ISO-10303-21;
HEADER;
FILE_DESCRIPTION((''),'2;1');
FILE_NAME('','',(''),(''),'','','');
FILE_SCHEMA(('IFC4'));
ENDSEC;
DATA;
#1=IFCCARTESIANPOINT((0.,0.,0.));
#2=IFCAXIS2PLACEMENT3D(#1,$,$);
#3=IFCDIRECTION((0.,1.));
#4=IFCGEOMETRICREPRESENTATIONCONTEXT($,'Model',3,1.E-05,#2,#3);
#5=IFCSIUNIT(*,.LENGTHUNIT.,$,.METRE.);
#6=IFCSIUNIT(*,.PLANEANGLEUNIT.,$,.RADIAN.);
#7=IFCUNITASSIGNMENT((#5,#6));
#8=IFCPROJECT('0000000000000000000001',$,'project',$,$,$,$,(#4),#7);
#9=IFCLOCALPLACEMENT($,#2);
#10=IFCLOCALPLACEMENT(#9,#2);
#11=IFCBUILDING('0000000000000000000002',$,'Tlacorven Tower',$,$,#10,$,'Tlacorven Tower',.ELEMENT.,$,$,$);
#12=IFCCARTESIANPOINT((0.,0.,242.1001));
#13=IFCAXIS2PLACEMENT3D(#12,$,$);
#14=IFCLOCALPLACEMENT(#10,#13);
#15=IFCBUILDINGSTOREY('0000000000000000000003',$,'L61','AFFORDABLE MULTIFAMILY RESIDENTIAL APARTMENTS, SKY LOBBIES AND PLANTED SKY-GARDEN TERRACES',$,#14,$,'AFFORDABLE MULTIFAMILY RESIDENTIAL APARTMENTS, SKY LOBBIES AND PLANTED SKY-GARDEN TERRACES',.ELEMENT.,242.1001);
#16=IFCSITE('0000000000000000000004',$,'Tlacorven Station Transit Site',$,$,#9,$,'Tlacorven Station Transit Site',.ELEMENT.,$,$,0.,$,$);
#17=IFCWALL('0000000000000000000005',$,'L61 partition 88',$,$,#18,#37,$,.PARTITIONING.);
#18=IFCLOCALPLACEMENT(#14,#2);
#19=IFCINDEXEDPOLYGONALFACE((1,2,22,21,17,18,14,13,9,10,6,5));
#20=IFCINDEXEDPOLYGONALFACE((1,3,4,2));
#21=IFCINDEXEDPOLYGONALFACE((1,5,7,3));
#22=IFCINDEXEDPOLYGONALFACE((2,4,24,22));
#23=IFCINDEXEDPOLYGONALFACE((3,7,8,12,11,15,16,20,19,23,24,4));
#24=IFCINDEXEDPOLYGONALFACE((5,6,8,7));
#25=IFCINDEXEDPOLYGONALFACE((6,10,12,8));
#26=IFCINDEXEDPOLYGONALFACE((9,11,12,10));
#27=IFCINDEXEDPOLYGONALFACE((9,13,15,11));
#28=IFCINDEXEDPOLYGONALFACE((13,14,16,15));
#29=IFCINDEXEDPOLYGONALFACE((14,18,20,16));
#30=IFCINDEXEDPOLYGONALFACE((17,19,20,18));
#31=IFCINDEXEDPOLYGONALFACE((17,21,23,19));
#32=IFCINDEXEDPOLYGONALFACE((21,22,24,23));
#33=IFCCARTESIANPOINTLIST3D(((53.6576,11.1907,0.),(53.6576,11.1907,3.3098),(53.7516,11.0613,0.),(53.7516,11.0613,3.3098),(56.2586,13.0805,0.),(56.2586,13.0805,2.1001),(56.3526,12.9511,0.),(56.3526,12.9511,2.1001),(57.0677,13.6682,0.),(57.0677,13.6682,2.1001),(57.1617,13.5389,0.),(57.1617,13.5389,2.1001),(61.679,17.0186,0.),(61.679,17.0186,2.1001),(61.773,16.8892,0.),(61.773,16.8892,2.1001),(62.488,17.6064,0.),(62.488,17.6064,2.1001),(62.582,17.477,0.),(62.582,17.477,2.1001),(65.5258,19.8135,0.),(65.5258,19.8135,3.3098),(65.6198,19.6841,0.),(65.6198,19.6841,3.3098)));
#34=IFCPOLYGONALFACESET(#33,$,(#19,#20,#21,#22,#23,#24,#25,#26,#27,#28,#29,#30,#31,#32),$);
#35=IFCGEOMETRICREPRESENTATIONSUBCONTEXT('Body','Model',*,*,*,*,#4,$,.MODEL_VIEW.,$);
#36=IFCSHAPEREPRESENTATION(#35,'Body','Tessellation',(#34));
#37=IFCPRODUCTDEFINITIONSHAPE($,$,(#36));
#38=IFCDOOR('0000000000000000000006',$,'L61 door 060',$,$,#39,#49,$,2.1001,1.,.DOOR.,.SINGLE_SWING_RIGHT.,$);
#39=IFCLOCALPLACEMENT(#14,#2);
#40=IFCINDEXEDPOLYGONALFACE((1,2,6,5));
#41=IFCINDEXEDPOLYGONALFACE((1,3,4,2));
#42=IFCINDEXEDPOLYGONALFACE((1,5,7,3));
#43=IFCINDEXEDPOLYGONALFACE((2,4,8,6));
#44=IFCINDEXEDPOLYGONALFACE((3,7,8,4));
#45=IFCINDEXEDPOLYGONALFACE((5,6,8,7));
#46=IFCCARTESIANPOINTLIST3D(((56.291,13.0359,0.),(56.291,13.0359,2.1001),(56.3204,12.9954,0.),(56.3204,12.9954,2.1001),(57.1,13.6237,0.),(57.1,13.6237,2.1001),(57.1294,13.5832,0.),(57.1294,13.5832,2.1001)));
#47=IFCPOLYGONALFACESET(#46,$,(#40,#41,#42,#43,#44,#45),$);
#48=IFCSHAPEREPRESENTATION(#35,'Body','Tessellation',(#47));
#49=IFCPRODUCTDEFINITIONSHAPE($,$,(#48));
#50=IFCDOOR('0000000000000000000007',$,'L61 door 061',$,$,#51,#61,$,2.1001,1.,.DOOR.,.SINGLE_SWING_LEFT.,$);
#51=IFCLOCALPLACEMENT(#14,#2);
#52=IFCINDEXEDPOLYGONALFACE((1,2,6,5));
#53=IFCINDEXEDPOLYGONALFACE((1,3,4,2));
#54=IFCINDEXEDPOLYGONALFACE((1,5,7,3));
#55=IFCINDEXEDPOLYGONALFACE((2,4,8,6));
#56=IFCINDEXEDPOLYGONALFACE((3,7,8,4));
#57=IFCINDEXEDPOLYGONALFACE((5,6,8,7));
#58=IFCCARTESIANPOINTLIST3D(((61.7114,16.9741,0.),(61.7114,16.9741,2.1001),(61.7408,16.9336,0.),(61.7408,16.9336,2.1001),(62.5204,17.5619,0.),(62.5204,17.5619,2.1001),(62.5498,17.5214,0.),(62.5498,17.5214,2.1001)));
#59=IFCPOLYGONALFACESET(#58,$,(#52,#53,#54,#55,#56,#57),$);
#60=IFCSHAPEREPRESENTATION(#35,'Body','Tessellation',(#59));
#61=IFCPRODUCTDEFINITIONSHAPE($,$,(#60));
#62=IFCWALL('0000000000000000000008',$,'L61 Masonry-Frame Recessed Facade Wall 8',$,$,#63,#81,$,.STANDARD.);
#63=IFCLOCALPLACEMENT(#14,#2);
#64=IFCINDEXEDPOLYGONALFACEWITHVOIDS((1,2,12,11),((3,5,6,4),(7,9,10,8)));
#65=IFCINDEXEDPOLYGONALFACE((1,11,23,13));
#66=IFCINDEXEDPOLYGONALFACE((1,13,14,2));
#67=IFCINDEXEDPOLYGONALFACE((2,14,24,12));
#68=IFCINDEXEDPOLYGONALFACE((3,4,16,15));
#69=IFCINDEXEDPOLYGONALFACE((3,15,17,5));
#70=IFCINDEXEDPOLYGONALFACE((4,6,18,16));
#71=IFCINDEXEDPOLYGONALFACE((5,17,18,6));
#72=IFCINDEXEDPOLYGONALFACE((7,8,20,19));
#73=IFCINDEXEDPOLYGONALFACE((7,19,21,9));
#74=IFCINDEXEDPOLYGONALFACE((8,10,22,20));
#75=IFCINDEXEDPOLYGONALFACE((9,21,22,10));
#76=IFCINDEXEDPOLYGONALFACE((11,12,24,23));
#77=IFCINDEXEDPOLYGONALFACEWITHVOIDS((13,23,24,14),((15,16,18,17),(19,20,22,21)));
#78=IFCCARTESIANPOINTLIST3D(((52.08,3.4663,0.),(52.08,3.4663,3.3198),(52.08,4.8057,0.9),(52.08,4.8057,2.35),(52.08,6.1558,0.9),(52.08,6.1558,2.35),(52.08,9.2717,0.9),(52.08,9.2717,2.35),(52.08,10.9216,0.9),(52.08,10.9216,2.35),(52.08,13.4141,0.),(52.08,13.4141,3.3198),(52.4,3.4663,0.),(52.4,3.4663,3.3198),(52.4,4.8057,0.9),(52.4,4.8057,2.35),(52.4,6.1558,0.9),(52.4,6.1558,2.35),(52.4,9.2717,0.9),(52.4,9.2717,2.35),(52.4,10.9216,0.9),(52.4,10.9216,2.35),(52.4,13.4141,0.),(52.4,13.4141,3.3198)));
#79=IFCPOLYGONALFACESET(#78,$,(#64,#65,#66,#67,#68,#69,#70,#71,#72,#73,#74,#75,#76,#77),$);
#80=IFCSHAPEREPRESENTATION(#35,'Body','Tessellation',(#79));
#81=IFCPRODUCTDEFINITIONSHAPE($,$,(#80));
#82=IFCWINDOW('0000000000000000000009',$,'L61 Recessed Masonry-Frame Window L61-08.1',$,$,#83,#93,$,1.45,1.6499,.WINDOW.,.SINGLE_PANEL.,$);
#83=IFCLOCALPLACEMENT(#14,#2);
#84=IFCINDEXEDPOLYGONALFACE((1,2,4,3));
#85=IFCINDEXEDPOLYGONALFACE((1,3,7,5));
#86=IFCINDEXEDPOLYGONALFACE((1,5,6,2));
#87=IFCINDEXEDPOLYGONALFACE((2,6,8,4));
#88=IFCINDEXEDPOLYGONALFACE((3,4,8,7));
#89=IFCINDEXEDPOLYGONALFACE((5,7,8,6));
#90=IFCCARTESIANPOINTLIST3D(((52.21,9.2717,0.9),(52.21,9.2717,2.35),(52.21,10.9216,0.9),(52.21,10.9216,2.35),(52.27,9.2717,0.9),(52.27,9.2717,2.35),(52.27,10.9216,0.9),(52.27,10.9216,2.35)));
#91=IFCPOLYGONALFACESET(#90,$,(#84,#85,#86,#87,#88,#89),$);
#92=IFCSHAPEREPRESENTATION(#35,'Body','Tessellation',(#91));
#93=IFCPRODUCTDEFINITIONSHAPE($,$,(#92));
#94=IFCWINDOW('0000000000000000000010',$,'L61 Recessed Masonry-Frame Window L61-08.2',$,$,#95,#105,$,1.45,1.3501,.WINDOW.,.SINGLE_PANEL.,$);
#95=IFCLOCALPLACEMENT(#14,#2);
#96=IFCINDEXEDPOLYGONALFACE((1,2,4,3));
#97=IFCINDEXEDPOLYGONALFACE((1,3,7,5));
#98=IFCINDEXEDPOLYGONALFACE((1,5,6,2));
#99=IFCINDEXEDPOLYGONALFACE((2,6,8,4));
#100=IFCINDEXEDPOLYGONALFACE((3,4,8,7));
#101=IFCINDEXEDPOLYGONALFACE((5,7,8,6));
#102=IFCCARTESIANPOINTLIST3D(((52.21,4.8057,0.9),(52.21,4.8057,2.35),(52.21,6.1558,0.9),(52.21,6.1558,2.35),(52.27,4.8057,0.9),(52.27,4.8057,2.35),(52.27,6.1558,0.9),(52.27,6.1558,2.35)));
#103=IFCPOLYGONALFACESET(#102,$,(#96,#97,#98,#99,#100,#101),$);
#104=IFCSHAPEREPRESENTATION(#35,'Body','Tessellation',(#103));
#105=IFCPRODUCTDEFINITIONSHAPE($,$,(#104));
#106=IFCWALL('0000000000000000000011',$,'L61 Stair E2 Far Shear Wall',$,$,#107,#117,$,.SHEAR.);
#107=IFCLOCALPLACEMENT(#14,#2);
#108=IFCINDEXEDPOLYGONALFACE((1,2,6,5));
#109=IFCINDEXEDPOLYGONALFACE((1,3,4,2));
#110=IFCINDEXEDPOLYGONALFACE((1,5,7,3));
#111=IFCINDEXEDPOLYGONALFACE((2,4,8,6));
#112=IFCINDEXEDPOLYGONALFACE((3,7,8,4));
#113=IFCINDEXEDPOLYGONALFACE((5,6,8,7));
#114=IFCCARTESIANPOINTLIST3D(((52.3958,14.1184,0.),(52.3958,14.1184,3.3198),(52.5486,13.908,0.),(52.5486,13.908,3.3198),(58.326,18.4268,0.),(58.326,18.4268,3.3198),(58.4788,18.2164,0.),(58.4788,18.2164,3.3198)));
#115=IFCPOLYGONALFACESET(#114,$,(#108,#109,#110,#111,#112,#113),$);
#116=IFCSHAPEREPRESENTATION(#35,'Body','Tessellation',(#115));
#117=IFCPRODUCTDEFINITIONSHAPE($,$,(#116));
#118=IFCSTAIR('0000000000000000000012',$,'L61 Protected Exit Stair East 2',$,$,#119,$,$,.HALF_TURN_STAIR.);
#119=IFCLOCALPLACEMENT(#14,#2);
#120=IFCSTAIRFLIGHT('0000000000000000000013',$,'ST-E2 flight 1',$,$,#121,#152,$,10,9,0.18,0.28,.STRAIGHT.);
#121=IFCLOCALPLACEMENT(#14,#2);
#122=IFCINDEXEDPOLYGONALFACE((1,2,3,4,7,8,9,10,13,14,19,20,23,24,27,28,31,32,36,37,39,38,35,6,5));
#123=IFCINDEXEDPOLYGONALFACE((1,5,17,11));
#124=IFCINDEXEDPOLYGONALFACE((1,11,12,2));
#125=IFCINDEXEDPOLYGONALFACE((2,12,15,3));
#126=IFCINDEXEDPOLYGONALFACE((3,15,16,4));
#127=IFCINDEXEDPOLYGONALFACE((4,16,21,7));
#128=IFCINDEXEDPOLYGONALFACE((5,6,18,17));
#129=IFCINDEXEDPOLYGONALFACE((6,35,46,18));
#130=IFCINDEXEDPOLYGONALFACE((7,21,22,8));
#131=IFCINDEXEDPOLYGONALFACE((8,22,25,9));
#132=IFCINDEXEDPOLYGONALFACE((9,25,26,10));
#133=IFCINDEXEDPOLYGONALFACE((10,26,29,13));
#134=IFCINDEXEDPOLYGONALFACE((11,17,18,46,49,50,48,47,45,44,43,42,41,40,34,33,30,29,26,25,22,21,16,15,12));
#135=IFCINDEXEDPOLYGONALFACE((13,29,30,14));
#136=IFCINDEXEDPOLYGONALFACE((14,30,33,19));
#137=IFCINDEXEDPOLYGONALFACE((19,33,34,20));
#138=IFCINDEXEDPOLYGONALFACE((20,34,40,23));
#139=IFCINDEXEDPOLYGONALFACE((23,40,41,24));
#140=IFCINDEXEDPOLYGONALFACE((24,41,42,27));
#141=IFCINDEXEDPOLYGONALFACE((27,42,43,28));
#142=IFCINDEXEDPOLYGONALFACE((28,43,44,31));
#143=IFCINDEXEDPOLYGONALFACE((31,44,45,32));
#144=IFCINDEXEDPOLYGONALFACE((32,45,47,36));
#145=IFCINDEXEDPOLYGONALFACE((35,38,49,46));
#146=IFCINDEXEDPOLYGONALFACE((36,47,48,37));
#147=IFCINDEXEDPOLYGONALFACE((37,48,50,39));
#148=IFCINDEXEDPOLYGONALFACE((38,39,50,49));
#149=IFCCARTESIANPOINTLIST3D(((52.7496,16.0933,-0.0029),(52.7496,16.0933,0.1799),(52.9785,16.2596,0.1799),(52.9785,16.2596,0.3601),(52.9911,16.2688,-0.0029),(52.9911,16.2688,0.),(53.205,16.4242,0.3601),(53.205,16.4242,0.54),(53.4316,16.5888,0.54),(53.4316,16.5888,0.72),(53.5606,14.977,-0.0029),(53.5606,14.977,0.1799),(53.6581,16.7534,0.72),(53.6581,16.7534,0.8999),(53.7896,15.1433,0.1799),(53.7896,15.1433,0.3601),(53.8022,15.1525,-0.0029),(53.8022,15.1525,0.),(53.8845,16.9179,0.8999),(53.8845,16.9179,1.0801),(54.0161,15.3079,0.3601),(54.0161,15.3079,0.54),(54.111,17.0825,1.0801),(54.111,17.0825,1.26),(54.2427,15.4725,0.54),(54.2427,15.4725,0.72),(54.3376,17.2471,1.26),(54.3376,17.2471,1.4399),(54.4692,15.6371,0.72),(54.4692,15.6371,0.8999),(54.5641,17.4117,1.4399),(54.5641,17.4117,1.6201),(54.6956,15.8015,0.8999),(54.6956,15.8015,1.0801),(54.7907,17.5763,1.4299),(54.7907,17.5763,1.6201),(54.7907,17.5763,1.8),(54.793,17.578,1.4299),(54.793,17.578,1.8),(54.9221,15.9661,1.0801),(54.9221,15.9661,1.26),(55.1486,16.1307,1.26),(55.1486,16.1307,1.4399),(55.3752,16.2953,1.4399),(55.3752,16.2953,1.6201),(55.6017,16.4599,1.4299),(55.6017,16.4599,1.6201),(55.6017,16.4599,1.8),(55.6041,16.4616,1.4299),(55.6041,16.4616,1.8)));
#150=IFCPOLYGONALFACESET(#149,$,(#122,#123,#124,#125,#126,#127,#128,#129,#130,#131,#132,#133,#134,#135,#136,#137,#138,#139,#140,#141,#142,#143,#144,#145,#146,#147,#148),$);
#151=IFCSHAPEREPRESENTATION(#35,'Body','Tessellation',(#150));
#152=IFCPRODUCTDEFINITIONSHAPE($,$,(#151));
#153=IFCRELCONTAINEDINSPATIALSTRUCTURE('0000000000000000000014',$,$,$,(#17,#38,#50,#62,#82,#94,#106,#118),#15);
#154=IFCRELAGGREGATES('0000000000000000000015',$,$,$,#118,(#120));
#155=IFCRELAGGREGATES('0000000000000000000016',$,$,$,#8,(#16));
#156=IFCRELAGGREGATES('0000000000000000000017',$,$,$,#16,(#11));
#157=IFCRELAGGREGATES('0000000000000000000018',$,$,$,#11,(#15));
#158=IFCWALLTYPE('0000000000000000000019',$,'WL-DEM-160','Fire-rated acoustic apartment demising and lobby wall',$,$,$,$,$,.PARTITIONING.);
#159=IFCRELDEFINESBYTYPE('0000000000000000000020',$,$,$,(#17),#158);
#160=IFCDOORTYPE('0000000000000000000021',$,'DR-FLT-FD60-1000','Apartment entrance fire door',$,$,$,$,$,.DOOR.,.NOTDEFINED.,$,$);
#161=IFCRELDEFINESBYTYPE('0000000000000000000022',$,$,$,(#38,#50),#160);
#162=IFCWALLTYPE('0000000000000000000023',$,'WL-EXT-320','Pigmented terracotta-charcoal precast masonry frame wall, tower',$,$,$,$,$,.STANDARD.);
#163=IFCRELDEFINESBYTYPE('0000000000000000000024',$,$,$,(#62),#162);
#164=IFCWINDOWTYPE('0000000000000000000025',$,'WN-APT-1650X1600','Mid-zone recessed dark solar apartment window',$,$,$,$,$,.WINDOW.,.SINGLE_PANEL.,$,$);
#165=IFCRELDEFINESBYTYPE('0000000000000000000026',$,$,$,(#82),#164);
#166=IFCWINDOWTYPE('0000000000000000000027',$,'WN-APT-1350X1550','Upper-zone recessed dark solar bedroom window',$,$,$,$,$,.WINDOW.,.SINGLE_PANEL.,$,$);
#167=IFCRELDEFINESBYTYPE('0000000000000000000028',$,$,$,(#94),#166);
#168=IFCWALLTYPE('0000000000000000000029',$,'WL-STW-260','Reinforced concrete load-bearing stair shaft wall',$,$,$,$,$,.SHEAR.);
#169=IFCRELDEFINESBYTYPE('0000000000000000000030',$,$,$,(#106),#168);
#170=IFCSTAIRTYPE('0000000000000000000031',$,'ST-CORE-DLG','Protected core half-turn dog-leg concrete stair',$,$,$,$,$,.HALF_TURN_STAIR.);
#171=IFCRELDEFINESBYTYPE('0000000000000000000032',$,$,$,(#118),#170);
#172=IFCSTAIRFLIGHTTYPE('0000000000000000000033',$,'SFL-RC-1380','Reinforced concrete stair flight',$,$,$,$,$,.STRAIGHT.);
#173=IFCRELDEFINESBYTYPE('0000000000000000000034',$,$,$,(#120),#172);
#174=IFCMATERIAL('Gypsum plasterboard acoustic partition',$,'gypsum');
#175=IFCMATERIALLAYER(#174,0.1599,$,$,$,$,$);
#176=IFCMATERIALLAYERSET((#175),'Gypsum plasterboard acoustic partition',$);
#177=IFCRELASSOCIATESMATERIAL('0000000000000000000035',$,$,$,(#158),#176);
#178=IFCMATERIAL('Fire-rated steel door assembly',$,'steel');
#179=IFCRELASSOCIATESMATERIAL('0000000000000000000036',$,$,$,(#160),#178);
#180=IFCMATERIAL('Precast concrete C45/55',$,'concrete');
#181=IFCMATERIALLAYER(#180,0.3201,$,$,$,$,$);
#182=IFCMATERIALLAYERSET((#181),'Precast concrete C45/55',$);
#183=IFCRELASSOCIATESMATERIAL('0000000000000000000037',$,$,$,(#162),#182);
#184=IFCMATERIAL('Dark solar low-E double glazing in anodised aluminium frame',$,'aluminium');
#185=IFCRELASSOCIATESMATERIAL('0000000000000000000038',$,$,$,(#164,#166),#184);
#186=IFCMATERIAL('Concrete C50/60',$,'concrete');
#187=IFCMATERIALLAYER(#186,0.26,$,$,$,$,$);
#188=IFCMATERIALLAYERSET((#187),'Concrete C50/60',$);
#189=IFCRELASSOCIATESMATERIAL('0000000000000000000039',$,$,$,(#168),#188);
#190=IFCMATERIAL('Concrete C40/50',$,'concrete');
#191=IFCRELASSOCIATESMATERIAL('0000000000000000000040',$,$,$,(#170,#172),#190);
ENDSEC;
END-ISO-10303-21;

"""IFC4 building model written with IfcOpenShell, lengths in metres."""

from ifc_helpers import new_model, si_unit, direction, frame, frame_2d, origin, place, context, subcontext, project, spatial, polyline, rectangle, outline, extrude, source, transform, mapped, material, layer, layer_set, type_object, element, fill, aggregate, save


model = new_model("IFC4")

# Units and contexts
model_context = context("Model", 3, precision=1e-05, world=origin(), true_north=direction((0.0, 1.0)))
body_context = subcontext(model_context, "Body", "Model", "MODEL_VIEW")
ifc_project = project(units=[si_unit("LENGTHUNIT", "METRE"), si_unit("PLANEANGLEUNIT", "RADIAN")], contexts=[model_context])

# Site, building, storey
site_placement = place(None, origin())
site = spatial("IfcSite", under=ifc_project, at=site_placement, Name="Tlacorven Station Transit Site", LongName="Tlacorven Station Transit Site", CompositionType="ELEMENT", RefElevation=0.0)
building_placement = place(site_placement, origin())
building = spatial("IfcBuilding", under=site, at=building_placement, Name="Tlacorven Tower", LongName="Tlacorven Tower", CompositionType="ELEMENT")
storey_placement = place(building_placement, frame((0.0, 0.0, 242.1001)))
storey = spatial("IfcBuildingStorey", under=building, at=storey_placement, Name="L61", Description="AFFORDABLE MULTIFAMILY RESIDENTIAL APARTMENTS, SKY LOBBIES AND PLANTED SKY-GARDEN TERRACES", LongName="AFFORDABLE MULTIFAMILY RESIDENTIAL APARTMENTS, SKY LOBBIES AND PLANTED SKY-GARDEN TERRACES", CompositionType="ELEMENT", Elevation=242.1001)

# Shared definitions
ifc_material_1 = material(Name="Concrete C50/60", Category="concrete")

# Wall, openings, doors
ifc_material_2 = material(Name="Gypsum plasterboard acoustic partition", Category="gypsum")
ifc_layer_1 = layer(ifc_material_2, 0.1599)
ifc_layer_set_1 = layer_set([ifc_layer_1], Name="Gypsum plasterboard acoustic partition")
wall_type_1 = type_object("IfcWallType", Name="WL-DEM-160", Description="Fire-rated acoustic apartment demising and lobby wall", PredefinedType="PARTITIONING", material=ifc_layer_set_1)
wall_1_placement = place(storey_placement, frame((53.7046, 11.126, 0.0), z_axis=(0.0, 0.0, 1.0), x_axis=(0.809015, 0.587789, 0.0)))
wall_1 = element("IfcWall", 1, at=wall_1_placement, inside=storey, type_object=wall_type_1, Name="L61 partition 88", PredefinedType="PARTITIONING", context=body_context, shape_type="SweptSolid", body=[
    extrude(rectangle(XDim=14.6699, YDim=0.1599, at=frame_2d((7.335, 0.0))), origin(), (0.0, 0.0, 1.0), 3.3098),
])
opening_1_placement = place(wall_1_placement, frame((3.2151, 0.0, 0.0)))
opening_1 = element("IfcOpeningElement", 2, at=opening_1_placement, cuts=wall_1, PredefinedType="OPENING", context=body_context, shape_type="SweptSolid", body=[
    extrude(rectangle(XDim=1.0, YDim=2.1001, at=frame_2d((0.5, 1.05))), frame((0.0, 0.0898, 0.0), z_axis=(0.0, -1.0, 0.0), x_axis=(1.0, 0.0, 0.0)), (0.0, 0.0, 1.0), 0.1799),
])
opening_2_placement = place(wall_1_placement, frame((9.915, 0.0, 0.0)))
opening_2 = element("IfcOpeningElement", 3, at=opening_2_placement, cuts=wall_1, PredefinedType="OPENING", context=body_context, shape_type="SweptSolid", body=[
    extrude(rectangle(XDim=1.0, YDim=2.1001, at=frame_2d((0.5, 1.05))), frame((0.0, 0.0898, 0.0), z_axis=(0.0, -1.0, 0.0), x_axis=(1.0, 0.0, 0.0)), (0.0, 0.0, 1.0), 0.1799),
])
ifc_material_3 = material(Name="Fire-rated steel door assembly", Category="steel")
door_type = type_object("IfcDoorType", Name="DR-FLT-FD60-1000", Description="Apartment entrance fire door", OperationType="NOTDEFINED", PredefinedType="DOOR", material=ifc_material_3)
shared_shape_1 = source(origin(), body_context, "Body", "SweptSolid", [
    extrude(rectangle(XDim=1.0, YDim=2.1001, at=frame_2d((0.5, 1.05))), frame((0.0, 0.0249, 0.0), z_axis=(0.0, -1.0, 0.0), x_axis=(1.0, 0.0, 0.0)), (0.0, 0.0, 1.0), 0.05),
])
door_1_placement = place(opening_1_placement, origin())
door_1 = element("IfcDoor", 4, at=door_1_placement, inside=storey, type_object=door_type, Name="L61 door 060", OperationType="SINGLE_SWING_RIGHT", OverallHeight=2.1001, OverallWidth=1.0, PredefinedType="DOOR", context=body_context, shape_type="MappedRepresentation", body=[
    mapped(shared_shape_1, transform((0.0, 0.0, 0.0), scale=1.0)),
])
fill(opening_1, door_1)
door_2_placement = place(opening_2_placement, origin())
door_2 = element("IfcDoor", 5, at=door_2_placement, inside=storey, type_object=door_type, Name="L61 door 061", OperationType="SINGLE_SWING_LEFT", OverallHeight=2.1001, OverallWidth=1.0, PredefinedType="DOOR", context=body_context, shape_type="MappedRepresentation", body=[
    mapped(shared_shape_1, transform((0.0, 0.0, 0.0), scale=1.0)),
])
fill(opening_2, door_2)

# Wall, openings, windows
ifc_material_4 = material(Name="Precast concrete C45/55", Category="concrete")
ifc_layer_2 = layer(ifc_material_4, 0.3201)
ifc_layer_set_2 = layer_set([ifc_layer_2], Name="Precast concrete C45/55")
wall_type_2 = type_object("IfcWallType", Name="WL-EXT-320", Description="Pigmented terracotta-charcoal precast masonry frame wall, tower", PredefinedType="STANDARD", material=ifc_layer_set_2)
wall_2_placement = place(storey_placement, frame((52.24, 13.4141, 0.0), z_axis=(0.0, 0.0, 1.0), x_axis=(0.0, -1.0, 0.0)))
wall_2 = element("IfcWall", 6, at=wall_2_placement, inside=storey, type_object=wall_type_2, Name="L61 Masonry-Frame Recessed Facade Wall 8", PredefinedType="STANDARD", context=body_context, shape_type="SweptSolid", body=[
    extrude(rectangle(XDim=9.9478, YDim=0.3201, at=frame_2d((4.9739, 0.0))), origin(), (0.0, 0.0, 1.0), 3.3198),
])
opening_3_placement = place(wall_2_placement, frame((2.4924, 0.0, 0.8999)))
opening_3 = element("IfcOpeningElement", 7, at=opening_3_placement, cuts=wall_2, PredefinedType="OPENING", context=body_context, shape_type="SweptSolid", body=[
    extrude(rectangle(XDim=1.6499, YDim=1.45, at=frame_2d((0.825, 0.7251))), frame((0.0, 0.1699, 0.0), z_axis=(0.0, -1.0, 0.0), x_axis=(1.0, 0.0, 0.0)), (0.0, 0.0, 1.0), 0.3401),
])
opening_4_placement = place(wall_2_placement, frame((7.2583, 0.0, 0.8999)))
opening_4 = element("IfcOpeningElement", 8, at=opening_4_placement, cuts=wall_2, PredefinedType="OPENING", context=body_context, shape_type="SweptSolid", body=[
    extrude(rectangle(XDim=1.3501, YDim=1.45, at=frame_2d((0.675, 0.7251))), frame((0.0, 0.1699, 0.0), z_axis=(0.0, -1.0, 0.0), x_axis=(1.0, 0.0, 0.0)), (0.0, 0.0, 1.0), 0.3401),
])
ifc_material_5 = material(Name="Dark solar low-E double glazing in anodised aluminium frame", Category="aluminium")
window_type_1 = type_object("IfcWindowType", Name="WN-APT-1650X1600", Description="Mid-zone recessed dark solar apartment window", PartitioningType="SINGLE_PANEL", PredefinedType="WINDOW", material=ifc_material_5)
shared_shape_2 = source(origin(), body_context, "Body", "SweptSolid", [
    extrude(rectangle(XDim=1.6499, YDim=1.45, at=frame_2d((0.825, 0.7251))), frame((0.0, 0.03, 0.0), z_axis=(0.0, -1.0, 0.0), x_axis=(1.0, 0.0, 0.0)), (0.0, 0.0, 1.0), 0.0601),
])
window_1_placement = place(opening_3_placement, origin())
window_1 = element("IfcWindow", 9, at=window_1_placement, inside=storey, type_object=window_type_1, Name="L61 Recessed Masonry-Frame Window L61-08.1", OverallHeight=1.45, OverallWidth=1.6499, PartitioningType="SINGLE_PANEL", PredefinedType="WINDOW", context=body_context, shape_type="MappedRepresentation", body=[
    mapped(shared_shape_2, transform((0.0, 0.0, 0.0), scale=1.0)),
])
fill(opening_3, window_1)
window_type_2 = type_object("IfcWindowType", Name="WN-APT-1350X1550", Description="Upper-zone recessed dark solar bedroom window", PartitioningType="SINGLE_PANEL", PredefinedType="WINDOW", material=ifc_material_5)
shared_shape_3 = source(origin(), body_context, "Body", "SweptSolid", [
    extrude(rectangle(XDim=1.3501, YDim=1.45, at=frame_2d((0.675, 0.7251))), frame((0.0, 0.03, 0.0), z_axis=(0.0, -1.0, 0.0), x_axis=(1.0, 0.0, 0.0)), (0.0, 0.0, 1.0), 0.0601),
])
window_2_placement = place(opening_4_placement, origin())
window_2 = element("IfcWindow", 10, at=window_2_placement, inside=storey, type_object=window_type_2, Name="L61 Recessed Masonry-Frame Window L61-08.2", OverallHeight=1.45, OverallWidth=1.3501, PartitioningType="SINGLE_PANEL", PredefinedType="WINDOW", context=body_context, shape_type="MappedRepresentation", body=[
    mapped(shared_shape_3, transform((0.0, 0.0, 0.0), scale=1.0)),
])
fill(opening_4, window_2)

# Wall
ifc_layer_3 = layer(ifc_material_1, 0.26)
ifc_layer_set_3 = layer_set([ifc_layer_3], Name="Concrete C50/60")
wall_type_3 = type_object("IfcWallType", Name="WL-STW-260", Description="Reinforced concrete load-bearing stair shaft wall", PredefinedType="SHEAR", material=ifc_layer_set_3)
wall_3_placement = place(storey_placement, frame((52.4722, 14.0132, 0.0), z_axis=(0.0, 0.0, 1.0), x_axis=(0.809028, 0.58777, 0.0)))
element("IfcWall", 11, at=wall_3_placement, inside=storey, type_object=wall_type_3, Name="L61 Stair E2 Far Shear Wall", PredefinedType="SHEAR", context=body_context, shape_type="SweptSolid", body=[
    extrude(rectangle(XDim=7.3301, YDim=0.26, at=frame_2d((3.665, 0.0))), origin(), (0.0, 0.0, 1.0), 3.3198),
])

# Stair, stair flight
ifc_material_6 = material(Name="Concrete C40/50", Category="concrete")
stair_type = type_object("IfcStairType", Name="ST-CORE-DLG", Description="Protected core half-turn dog-leg concrete stair", PredefinedType="HALF_TURN_STAIR", material=ifc_material_6)
stair_placement = place(storey_placement, origin())
stair = element("IfcStair", 12, at=stair_placement, inside=storey, type_object=stair_type, Name="L61 Protected Exit Stair East 2", PredefinedType="HALF_TURN_STAIR")
stair_flight_type = type_object("IfcStairFlightType", Name="SFL-RC-1380", Description="Reinforced concrete stair flight", PredefinedType="STRAIGHT", material=ifc_material_6)
shared_shape_4 = source(origin(), body_context, "Body", "SweptSolid", [
    extrude(outline(polyline([(-0.0029, -0.0029), (-0.0029, 0.1799), (0.28, 0.1799), (0.28, 0.3601), (0.5601, 0.3601), (0.5601, 0.54), (0.8401, 0.54), (0.8401, 0.72), (1.1201, 0.72), (1.1201, 0.8999), (1.3999, 0.8999), (1.3999, 1.0801), (1.6799, 1.0801), (1.6799, 1.26), (1.96, 1.26), (1.96, 1.4399), (2.24, 1.4399), (2.24, 1.6201), (2.52, 1.6201), (2.52, 1.8), (2.5229, 1.8), (2.5229, 1.4299), (2.52, 1.4299), (0.2957, 0.0), (0.2957, -0.0029), (-0.0029, -0.0029)])), frame((0.0, 0.6899, 0.0), z_axis=(0.0, -1.0, 0.0), x_axis=(1.0, 0.0, 0.0)), (0.0, 0.0, 1.0), 1.3799),
])
stair_flight_1_placement = place(storey_placement, frame((53.1575, 15.5369, 0.0), z_axis=(0.0, 0.0, 1.0), x_axis=(0.809017, 0.587785, 0.0)))
stair_flight_1 = element("IfcStairFlight", 13, at=stair_flight_1_placement, type_object=stair_flight_type, Name="ST-E2 flight 1", NumberOfRisers=10, NumberOfTreads=9, PredefinedType="STRAIGHT", RiserHeight=0.18, TreadLength=0.28, context=body_context, shape_type="MappedRepresentation", body=[
    mapped(shared_shape_4, transform((0.0, 0.0, 0.0), scale=1.0)),
])
aggregate(stair, [stair_flight_1])

save(model, "model.ifc")
